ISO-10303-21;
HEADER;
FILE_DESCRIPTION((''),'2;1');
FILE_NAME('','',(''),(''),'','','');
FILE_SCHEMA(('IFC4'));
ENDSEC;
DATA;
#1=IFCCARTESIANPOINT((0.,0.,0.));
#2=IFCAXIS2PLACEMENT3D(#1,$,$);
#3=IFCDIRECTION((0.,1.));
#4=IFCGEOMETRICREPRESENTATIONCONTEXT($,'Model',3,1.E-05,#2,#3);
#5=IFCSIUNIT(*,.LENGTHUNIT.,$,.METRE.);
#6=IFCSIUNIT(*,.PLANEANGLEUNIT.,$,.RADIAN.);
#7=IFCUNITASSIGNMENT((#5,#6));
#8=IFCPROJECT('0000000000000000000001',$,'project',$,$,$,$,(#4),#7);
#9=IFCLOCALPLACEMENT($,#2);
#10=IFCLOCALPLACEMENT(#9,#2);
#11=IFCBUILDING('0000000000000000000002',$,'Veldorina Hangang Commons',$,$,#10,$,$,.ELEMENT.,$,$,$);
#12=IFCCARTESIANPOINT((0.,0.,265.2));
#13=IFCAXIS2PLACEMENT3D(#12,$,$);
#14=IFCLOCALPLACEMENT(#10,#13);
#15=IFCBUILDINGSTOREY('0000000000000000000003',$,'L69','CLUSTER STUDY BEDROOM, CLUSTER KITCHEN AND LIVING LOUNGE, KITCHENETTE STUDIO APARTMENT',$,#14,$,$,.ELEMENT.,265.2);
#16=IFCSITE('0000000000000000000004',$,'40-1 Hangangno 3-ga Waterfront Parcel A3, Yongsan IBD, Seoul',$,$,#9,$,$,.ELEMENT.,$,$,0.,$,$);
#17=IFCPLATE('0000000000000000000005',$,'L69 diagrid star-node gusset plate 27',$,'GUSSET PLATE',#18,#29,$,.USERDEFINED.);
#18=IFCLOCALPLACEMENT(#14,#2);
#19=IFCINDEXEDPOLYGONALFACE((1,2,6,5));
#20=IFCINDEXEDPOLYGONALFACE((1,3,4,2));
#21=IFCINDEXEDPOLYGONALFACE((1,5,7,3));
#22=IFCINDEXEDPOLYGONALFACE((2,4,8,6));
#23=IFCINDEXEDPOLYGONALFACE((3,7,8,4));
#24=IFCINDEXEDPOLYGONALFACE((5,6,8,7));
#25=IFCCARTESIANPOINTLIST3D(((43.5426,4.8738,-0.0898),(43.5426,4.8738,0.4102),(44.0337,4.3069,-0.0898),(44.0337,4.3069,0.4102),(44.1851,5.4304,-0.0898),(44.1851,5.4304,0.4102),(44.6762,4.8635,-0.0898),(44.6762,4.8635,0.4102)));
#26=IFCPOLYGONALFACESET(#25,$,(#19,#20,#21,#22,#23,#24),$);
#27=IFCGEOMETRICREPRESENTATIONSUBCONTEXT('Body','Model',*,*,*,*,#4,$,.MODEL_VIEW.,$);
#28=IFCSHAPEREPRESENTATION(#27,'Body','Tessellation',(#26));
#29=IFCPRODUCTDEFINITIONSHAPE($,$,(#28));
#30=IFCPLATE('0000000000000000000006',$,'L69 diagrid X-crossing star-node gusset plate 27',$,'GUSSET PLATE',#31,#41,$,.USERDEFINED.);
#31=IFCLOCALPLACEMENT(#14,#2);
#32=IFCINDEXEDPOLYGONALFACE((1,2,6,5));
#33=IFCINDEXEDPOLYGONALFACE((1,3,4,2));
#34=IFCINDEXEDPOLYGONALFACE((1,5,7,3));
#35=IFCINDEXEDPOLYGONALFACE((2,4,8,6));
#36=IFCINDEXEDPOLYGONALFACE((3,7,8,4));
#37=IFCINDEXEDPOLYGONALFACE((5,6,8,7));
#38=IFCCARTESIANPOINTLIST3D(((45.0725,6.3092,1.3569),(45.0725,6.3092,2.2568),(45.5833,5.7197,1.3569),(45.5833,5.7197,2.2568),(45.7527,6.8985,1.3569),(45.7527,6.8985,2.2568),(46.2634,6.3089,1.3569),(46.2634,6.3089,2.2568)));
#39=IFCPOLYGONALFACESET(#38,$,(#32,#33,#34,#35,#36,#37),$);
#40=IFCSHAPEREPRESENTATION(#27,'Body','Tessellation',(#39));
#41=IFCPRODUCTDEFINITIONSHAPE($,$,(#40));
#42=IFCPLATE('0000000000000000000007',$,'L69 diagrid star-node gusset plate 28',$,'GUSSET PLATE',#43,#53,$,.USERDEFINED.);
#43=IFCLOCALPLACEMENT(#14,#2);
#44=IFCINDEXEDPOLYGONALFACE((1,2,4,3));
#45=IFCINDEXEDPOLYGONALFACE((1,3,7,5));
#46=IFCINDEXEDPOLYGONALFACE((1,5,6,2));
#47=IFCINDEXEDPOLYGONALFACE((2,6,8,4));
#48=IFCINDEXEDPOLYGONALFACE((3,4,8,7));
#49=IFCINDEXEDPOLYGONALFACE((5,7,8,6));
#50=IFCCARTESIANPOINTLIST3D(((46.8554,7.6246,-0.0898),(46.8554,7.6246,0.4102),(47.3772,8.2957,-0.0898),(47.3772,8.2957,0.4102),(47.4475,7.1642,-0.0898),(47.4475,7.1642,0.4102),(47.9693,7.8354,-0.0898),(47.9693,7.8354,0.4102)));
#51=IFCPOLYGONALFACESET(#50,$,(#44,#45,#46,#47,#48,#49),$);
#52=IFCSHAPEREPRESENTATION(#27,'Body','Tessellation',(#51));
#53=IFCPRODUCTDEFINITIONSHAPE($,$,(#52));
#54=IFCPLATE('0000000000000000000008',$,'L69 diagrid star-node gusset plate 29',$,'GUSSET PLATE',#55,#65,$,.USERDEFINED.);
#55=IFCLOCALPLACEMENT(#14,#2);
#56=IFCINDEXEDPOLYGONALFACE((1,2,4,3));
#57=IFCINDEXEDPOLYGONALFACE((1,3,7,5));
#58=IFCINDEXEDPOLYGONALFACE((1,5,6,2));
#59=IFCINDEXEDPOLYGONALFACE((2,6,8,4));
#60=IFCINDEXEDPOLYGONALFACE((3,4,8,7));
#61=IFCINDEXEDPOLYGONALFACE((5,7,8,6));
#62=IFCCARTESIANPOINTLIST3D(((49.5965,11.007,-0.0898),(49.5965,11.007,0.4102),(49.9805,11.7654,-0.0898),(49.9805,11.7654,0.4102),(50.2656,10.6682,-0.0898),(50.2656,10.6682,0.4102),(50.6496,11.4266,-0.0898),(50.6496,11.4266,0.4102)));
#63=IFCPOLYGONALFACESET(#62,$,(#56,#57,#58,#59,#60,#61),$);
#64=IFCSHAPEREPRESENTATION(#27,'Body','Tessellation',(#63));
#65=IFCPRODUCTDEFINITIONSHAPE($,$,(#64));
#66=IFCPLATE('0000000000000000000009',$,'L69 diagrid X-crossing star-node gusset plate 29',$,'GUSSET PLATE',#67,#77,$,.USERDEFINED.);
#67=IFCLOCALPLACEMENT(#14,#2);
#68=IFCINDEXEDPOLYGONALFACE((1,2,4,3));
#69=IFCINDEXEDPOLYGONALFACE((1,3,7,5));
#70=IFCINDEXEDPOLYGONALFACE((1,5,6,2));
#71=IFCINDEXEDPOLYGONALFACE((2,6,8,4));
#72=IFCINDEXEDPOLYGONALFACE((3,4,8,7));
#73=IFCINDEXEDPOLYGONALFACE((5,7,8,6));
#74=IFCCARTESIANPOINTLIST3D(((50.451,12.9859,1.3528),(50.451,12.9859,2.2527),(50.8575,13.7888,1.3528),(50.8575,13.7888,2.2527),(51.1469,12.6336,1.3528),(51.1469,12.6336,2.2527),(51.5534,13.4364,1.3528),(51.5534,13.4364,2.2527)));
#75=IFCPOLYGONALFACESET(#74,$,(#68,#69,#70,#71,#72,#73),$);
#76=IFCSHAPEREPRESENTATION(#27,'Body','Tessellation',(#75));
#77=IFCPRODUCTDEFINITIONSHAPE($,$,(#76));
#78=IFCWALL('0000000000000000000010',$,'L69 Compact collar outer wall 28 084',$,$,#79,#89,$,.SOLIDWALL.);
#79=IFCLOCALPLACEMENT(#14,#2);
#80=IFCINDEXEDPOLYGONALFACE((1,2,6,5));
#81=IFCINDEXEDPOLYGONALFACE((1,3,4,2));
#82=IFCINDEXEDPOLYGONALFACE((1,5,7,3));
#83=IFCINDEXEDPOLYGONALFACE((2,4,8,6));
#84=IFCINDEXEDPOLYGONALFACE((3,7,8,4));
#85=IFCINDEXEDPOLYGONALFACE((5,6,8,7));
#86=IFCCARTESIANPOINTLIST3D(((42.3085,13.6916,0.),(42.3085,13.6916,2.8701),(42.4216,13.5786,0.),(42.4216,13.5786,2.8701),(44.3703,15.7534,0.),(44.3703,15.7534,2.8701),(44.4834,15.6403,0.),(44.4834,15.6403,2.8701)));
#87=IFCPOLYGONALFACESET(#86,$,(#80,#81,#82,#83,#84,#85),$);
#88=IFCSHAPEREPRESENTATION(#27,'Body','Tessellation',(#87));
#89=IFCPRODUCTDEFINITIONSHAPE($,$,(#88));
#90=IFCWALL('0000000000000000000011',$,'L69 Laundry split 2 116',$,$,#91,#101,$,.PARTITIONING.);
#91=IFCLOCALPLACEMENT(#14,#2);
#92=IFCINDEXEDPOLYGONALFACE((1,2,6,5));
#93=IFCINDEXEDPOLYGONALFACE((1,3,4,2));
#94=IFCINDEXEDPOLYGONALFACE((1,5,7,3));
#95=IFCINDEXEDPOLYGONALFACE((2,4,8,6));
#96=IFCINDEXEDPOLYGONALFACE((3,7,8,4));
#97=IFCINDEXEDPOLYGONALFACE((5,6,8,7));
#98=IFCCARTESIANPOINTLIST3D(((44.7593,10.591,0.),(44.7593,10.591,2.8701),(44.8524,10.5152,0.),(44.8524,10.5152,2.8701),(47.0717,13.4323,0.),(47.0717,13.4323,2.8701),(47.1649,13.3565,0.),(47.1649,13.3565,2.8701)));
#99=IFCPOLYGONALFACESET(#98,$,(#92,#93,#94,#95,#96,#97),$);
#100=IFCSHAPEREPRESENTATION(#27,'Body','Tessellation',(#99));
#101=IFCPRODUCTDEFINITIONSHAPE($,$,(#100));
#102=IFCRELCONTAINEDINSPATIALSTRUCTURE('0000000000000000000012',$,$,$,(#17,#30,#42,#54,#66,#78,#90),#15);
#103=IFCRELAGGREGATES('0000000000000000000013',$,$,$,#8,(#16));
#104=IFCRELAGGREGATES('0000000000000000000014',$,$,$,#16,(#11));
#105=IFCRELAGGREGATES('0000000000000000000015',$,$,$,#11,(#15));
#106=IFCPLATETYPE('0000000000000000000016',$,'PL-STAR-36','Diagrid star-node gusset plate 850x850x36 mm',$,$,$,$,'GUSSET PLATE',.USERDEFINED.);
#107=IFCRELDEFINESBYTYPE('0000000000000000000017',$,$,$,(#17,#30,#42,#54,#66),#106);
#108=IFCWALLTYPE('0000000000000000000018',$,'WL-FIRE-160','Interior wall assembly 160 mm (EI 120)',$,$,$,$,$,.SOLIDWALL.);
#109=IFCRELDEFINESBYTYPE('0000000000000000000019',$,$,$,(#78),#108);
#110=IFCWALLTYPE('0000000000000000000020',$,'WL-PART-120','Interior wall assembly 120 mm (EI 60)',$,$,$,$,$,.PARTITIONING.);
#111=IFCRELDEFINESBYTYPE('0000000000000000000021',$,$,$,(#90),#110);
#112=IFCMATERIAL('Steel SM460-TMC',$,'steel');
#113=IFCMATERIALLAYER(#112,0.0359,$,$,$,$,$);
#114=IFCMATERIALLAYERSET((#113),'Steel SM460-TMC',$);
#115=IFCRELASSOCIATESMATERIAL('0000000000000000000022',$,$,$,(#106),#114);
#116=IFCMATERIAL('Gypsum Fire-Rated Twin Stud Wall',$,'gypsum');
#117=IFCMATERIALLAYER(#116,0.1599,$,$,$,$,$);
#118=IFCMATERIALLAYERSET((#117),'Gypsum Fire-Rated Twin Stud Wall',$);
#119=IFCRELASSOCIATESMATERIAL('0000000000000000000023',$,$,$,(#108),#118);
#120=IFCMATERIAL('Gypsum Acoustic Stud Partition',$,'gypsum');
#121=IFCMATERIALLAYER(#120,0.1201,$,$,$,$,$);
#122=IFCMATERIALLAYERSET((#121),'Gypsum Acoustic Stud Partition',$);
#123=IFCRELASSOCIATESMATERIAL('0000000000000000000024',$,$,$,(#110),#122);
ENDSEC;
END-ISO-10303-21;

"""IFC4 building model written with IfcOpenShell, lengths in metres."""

from ifc_helpers import new_model, si_unit, direction, frame, frame_2d, origin, origin_2d, place, context, subcontext, project, spatial, rectangle, extrude, material, layer, layer_set, type_object, element, save


model = new_model("IFC4")

# Units and contexts
model_context = context("Model", 3, precision=1e-05, world=origin(), true_north=direction((0.0, 1.0)))
body_context = subcontext(model_context, "Body", "Model", "MODEL_VIEW")
ifc_project = project(units=[si_unit("LENGTHUNIT", "METRE"), si_unit("PLANEANGLEUNIT", "RADIAN")], contexts=[model_context])

# Site, building, storey
site_placement = place(None, origin())
site = spatial("IfcSite", under=ifc_project, at=site_placement, Name="40-1 Hangangno 3-ga Waterfront Parcel A3, Yongsan IBD, Seoul", CompositionType="ELEMENT", RefElevation=0.0)
building_placement = place(site_placement, origin())
building = spatial("IfcBuilding", under=site, at=building_placement, Name="Veldorina Hangang Commons", CompositionType="ELEMENT")
storey_placement = place(building_placement, frame((0.0, 0.0, 265.2)))
storey = spatial("IfcBuildingStorey", under=building, at=storey_placement, Name="L69", Description="CLUSTER STUDY BEDROOM, CLUSTER KITCHEN AND LIVING LOUNGE, KITCHENETTE STUDIO APARTMENT", CompositionType="ELEMENT", Elevation=265.2)

# Plates
ifc_material_1 = material(Name="Steel SM460-TMC", Category="steel")
ifc_layer_1 = layer(ifc_material_1, 0.0359)
ifc_layer_set_1 = layer_set([ifc_layer_1], Name="Steel SM460-TMC")
plate_type_1 = type_object("IfcPlateType", Name="PL-STAR-36", Description="Diagrid star-node gusset plate 850x850x36 mm", ElementType="GUSSET PLATE", PredefinedType="USERDEFINED", material=ifc_layer_set_1)
plate_1_placement = place(storey_placement, frame((44.1094, 4.8687, -0.0898), z_axis=(0.0, 0.0, 1.0), x_axis=(0.755819, 0.65478, 0.0)))
element("IfcPlate", 1, at=plate_1_placement, inside=storey, type_object=plate_type_1, Name="L69 diagrid star-node gusset plate 27", ObjectType="GUSSET PLATE", PredefinedType="USERDEFINED", context=body_context, shape_type="SweptSolid", body=[
    extrude(rectangle(XDim=0.8501, YDim=0.75, at=origin_2d()), origin(), (0.0, 0.0, 1.0), 0.5),
])
plate_2_placement = place(storey_placement, frame((45.668, 6.3091, 1.3569), z_axis=(0.0, 0.0, 1.0), x_axis=(0.755819, 0.65478, 0.0)))
element("IfcPlate", 2, at=plate_2_placement, inside=storey, type_object=plate_type_1, Name="L69 diagrid X-crossing star-node gusset plate 27", ObjectType="GUSSET PLATE", PredefinedType="USERDEFINED", context=body_context, shape_type="SweptSolid", body=[
    extrude(rectangle(XDim=0.8999, YDim=0.78, at=origin_2d()), origin(), (0.0, 0.0, 1.0), 0.8999),
])
for number, where, z_axis, x_axis, name in (
    (3, (47.4124, 7.73, -0.0898), (0.0, 0.0, 1.0), (0.613762, 0.789491, 0.0), "L69 diagrid star-node gusset plate 28"),
    (4, (50.123, 11.2168, -0.0898), (0.0, 0.0, 1.0), (0.451734, 0.892153, 0.0), "L69 diagrid star-node gusset plate 29"),
):
    element("IfcPlate", number, at=place(storey_placement, frame(where, z_axis=z_axis, x_axis=x_axis)), inside=storey, type_object=plate_type_1, Name=name, ObjectType="GUSSET PLATE", PredefinedType="USERDEFINED", context=body_context, shape_type="SweptSolid", body=[
        extrude(rectangle(XDim=0.8501, YDim=0.75, at=origin_2d()), origin(), (0.0, 0.0, 1.0), 0.5),
    ])
plate_3_placement = place(storey_placement, frame((51.0022, 13.2112, 1.3528), z_axis=(0.0, 0.0, 1.0), x_axis=(0.451734, 0.892153, 0.0)))
element("IfcPlate", 5, at=plate_3_placement, inside=storey, type_object=plate_type_1, Name="L69 diagrid X-crossing star-node gusset plate 29", ObjectType="GUSSET PLATE", PredefinedType="USERDEFINED", context=body_context, shape_type="SweptSolid", body=[
    extrude(rectangle(XDim=0.8999, YDim=0.78, at=origin_2d()), origin(), (0.0, 0.0, 1.0), 0.8999),
])

# Walls
ifc_material_2 = material(Name="Gypsum Fire-Rated Twin Stud Wall", Category="gypsum")
ifc_layer_2 = layer(ifc_material_2, 0.1599)
ifc_layer_set_2 = layer_set([ifc_layer_2], Name="Gypsum Fire-Rated Twin Stud Wall")
wall_type_1 = type_object("IfcWallType", Name="WL-FIRE-160", Description="Interior wall assembly 160 mm (EI 120)", PredefinedType="SOLIDWALL", material=ifc_layer_set_2)
wall_1_placement = place(storey_placement, frame((42.365, 13.635, 0.0), z_axis=(0.0, 0.0, 1.0), x_axis=(0.707107, 0.707107, 0.0)))
element("IfcWall", 6, at=wall_1_placement, inside=storey, type_object=wall_type_1, Name="L69 Compact collar outer wall 28 084", PredefinedType="SOLIDWALL", context=body_context, shape_type="SweptSolid", body=[
    extrude(rectangle(XDim=2.9158, YDim=0.1599, at=frame_2d((1.458, 0.0))), origin(), (0.0, 0.0, 1.0), 2.8701),
])
ifc_material_3 = material(Name="Gypsum Acoustic Stud Partition", Category="gypsum")
ifc_layer_3 = layer(ifc_material_3, 0.1201)
ifc_layer_set_3 = layer_set([ifc_layer_3], Name="Gypsum Acoustic Stud Partition")
wall_type_2 = type_object("IfcWallType", Name="WL-PART-120", Description="Interior wall assembly 120 mm (EI 60)", PredefinedType="PARTITIONING", material=ifc_layer_set_3)
wall_2_placement = place(storey_placement, frame((44.8059, 10.5532, 0.0), z_axis=(0.0, 0.0, 1.0), x_axis=(0.63124, 0.775588, 0.0)))
element("IfcWall", 7, at=wall_2_placement, inside=storey, type_object=wall_type_2, Name="L69 Laundry split 2 116", PredefinedType="PARTITIONING", context=body_context, shape_type="SweptSolid", body=[
    extrude(rectangle(XDim=3.6633, YDim=0.1201, at=frame_2d((1.8315, 0.0))), origin(), (0.0, 0.0, 1.0), 2.8701),
])

save(model, "model.ifc")
